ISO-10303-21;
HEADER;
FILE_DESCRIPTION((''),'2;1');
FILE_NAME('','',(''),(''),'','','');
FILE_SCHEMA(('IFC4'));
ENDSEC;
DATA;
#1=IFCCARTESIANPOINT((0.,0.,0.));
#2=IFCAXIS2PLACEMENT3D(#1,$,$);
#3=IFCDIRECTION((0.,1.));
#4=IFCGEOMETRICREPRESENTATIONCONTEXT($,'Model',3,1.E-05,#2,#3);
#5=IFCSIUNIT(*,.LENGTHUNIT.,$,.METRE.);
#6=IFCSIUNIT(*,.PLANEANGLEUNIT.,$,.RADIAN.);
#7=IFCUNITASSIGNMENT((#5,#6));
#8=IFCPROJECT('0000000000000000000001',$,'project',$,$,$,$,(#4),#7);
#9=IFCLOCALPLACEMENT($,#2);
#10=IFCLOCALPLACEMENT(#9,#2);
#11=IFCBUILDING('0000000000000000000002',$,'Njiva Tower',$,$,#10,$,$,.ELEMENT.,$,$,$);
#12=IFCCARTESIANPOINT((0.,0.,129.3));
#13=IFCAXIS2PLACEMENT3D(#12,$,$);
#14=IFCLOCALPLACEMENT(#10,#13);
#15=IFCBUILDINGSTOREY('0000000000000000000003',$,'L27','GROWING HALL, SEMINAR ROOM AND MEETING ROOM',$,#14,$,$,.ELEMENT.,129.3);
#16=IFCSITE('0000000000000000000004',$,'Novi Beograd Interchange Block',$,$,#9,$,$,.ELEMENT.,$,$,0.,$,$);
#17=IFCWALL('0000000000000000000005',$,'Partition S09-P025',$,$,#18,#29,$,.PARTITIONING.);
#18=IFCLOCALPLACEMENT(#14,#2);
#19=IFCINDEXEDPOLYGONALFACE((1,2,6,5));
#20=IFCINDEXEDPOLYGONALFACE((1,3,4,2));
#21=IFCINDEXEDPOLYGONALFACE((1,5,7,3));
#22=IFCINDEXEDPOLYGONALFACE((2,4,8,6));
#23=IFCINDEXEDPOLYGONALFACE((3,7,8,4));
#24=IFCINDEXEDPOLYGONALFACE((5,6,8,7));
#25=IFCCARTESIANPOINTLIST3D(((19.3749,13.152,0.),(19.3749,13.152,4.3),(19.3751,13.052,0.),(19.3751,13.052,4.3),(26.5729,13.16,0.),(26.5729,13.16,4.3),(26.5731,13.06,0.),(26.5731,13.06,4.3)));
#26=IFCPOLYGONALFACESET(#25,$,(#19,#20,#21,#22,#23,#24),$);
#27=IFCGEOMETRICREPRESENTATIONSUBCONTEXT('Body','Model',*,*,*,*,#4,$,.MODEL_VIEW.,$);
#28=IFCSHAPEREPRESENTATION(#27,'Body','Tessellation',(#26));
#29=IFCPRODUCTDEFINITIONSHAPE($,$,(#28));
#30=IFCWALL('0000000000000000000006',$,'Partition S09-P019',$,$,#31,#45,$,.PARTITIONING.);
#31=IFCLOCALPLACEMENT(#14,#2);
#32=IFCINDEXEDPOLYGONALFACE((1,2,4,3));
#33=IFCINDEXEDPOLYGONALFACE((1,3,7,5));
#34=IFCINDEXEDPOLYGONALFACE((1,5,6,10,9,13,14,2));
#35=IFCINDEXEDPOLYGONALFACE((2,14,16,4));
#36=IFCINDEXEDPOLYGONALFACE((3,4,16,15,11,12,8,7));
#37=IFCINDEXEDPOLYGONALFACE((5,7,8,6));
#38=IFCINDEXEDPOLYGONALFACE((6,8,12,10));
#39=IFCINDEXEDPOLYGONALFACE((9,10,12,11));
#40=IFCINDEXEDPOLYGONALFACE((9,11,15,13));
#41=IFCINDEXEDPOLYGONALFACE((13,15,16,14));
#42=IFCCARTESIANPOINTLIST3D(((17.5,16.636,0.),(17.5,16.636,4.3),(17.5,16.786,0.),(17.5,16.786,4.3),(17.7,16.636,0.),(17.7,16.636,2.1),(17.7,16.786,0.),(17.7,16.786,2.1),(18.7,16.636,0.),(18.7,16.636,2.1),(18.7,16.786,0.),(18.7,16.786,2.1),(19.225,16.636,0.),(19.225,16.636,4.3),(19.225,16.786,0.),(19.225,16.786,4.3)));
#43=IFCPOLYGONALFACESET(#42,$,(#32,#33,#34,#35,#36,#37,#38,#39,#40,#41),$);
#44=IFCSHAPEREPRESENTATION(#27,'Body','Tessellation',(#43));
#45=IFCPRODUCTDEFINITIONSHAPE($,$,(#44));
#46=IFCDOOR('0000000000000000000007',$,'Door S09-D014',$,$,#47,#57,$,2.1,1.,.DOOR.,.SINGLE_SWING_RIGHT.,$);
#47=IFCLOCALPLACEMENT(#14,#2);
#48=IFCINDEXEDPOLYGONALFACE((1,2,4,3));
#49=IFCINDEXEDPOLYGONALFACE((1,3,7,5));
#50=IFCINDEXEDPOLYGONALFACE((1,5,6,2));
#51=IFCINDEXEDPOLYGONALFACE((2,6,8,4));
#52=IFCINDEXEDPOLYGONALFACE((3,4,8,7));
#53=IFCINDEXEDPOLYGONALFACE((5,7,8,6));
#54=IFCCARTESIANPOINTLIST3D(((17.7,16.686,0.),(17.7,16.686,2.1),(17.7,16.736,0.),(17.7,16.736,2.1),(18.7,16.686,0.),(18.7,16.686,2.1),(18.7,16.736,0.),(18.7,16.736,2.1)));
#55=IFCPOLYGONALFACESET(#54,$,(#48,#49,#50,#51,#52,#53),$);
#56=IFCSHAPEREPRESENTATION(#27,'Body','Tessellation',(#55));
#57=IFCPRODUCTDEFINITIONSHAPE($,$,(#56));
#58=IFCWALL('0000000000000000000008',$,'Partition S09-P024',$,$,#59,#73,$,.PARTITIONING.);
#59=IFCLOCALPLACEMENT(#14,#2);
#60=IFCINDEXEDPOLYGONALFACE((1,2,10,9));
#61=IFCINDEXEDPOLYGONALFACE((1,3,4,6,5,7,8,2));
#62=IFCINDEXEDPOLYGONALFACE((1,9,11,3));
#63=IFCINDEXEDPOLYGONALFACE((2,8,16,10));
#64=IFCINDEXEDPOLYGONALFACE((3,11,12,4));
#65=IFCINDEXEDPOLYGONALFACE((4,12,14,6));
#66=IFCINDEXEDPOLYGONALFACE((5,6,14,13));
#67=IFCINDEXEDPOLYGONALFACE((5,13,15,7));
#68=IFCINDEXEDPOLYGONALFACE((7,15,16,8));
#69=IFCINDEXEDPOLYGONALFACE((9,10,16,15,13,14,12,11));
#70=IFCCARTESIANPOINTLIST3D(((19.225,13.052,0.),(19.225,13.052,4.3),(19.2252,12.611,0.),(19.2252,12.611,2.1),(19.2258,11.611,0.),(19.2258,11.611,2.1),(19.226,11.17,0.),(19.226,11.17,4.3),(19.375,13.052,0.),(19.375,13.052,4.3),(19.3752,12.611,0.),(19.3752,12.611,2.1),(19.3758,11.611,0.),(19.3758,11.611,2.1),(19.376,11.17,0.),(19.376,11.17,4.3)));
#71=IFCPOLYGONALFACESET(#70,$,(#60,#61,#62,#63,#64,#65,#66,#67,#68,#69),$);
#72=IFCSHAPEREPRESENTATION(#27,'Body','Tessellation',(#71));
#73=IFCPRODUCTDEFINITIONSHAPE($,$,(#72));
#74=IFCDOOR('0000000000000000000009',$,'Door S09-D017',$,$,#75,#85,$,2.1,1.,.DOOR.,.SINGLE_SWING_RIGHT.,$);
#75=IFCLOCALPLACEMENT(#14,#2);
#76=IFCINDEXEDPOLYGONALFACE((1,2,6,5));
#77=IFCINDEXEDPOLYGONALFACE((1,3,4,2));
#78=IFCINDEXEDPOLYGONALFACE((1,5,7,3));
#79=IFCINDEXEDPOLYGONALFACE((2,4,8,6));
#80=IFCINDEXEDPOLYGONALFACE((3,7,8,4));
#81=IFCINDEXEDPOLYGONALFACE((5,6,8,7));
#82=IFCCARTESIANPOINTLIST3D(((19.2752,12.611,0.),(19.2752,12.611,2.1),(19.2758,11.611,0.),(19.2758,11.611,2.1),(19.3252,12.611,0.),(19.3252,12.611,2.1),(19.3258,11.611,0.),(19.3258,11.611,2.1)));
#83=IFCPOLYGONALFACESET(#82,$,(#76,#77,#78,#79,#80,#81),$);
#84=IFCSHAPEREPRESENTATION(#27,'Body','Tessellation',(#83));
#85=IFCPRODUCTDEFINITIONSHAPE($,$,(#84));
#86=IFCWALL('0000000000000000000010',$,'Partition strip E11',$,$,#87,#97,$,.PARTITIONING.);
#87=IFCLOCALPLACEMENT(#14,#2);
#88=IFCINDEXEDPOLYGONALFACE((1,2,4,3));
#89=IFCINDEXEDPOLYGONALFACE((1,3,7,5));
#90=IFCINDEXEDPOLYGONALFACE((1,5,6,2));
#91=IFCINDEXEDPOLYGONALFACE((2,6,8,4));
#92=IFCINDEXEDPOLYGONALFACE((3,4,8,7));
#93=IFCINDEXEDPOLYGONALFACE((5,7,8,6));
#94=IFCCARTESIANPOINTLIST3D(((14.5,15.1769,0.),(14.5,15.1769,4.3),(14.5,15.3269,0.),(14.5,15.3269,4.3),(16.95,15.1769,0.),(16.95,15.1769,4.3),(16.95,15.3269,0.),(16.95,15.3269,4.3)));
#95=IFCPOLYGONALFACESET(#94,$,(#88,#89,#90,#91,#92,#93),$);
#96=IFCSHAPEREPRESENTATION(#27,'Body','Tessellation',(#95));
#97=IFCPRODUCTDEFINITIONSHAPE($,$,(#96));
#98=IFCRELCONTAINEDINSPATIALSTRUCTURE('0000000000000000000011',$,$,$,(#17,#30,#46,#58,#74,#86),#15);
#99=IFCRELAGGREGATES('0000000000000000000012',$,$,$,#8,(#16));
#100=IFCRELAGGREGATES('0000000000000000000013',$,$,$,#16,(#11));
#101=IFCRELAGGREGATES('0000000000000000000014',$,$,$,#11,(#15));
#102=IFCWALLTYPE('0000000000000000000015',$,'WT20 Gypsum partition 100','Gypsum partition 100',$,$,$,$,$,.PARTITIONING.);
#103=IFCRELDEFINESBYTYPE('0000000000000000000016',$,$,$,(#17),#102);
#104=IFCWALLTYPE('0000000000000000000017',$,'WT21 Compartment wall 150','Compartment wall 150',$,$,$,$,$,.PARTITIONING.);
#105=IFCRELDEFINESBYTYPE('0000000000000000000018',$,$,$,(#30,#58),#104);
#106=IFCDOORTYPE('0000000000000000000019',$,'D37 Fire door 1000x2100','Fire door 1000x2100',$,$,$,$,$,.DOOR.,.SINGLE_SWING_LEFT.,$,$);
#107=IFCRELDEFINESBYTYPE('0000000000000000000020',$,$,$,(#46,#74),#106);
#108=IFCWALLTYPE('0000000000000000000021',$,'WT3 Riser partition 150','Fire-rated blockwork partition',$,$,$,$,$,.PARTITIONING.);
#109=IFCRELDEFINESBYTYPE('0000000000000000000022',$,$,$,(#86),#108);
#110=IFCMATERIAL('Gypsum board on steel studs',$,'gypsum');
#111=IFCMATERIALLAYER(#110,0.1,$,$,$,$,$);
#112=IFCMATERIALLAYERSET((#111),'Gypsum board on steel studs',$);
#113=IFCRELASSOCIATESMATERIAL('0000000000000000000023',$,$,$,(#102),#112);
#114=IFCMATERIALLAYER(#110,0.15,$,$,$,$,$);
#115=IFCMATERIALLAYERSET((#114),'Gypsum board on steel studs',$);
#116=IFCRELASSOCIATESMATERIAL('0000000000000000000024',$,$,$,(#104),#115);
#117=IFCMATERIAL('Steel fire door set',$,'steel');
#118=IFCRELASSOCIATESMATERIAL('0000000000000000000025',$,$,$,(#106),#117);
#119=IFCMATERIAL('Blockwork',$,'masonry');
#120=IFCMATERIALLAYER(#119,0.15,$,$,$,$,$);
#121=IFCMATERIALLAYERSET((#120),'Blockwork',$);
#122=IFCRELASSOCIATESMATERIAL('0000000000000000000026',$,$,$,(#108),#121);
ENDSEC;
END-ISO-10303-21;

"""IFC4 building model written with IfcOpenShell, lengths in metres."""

from ifc_helpers import new_model, si_unit, direction, frame, frame_2d, origin, place, context, subcontext, project, spatial, rectangle, extrude, material, layer, layer_set, type_object, element, fill, save


model = new_model("IFC4")

# Units and contexts
model_context = context("Model", 3, precision=1e-05, world=origin(), true_north=direction((0.0, 1.0)))
body_context = subcontext(model_context, "Body", "Model", "MODEL_VIEW")
ifc_project = project(units=[si_unit("LENGTHUNIT", "METRE"), si_unit("PLANEANGLEUNIT", "RADIAN")], contexts=[model_context])

# Site, building, storey
site_placement = place(None, origin())
site = spatial("IfcSite", under=ifc_project, at=site_placement, Name="Novi Beograd Interchange Block", CompositionType="ELEMENT", RefElevation=0.0)
building_placement = place(site_placement, origin())
building = spatial("IfcBuilding", under=site, at=building_placement, Name="Njiva Tower", CompositionType="ELEMENT")
storey_placement = place(building_placement, frame((0.0, 0.0, 129.3)))
storey = spatial("IfcBuildingStorey", under=building, at=storey_placement, Name="L27", Description="GROWING HALL, SEMINAR ROOM AND MEETING ROOM", CompositionType="ELEMENT", Elevation=129.3)

# Wall
ifc_material_1 = material(Name="Gypsum board on steel studs", Category="gypsum")
ifc_layer_1 = layer(ifc_material_1, 0.1)
ifc_layer_set_1 = layer_set([ifc_layer_1], Name="Gypsum board on steel studs")
wall_type_1 = type_object("IfcWallType", Name="WT20 Gypsum partition 100", Description="Gypsum partition 100", PredefinedType="PARTITIONING", material=ifc_layer_set_1)
wall_1_placement = place(storey_placement, frame((19.375, 13.102, 0.0), z_axis=(0.0, 0.0, 1.0), x_axis=(0.999999, 0.001111, 0.0)))
element("IfcWall", 1, at=wall_1_placement, inside=storey, type_object=wall_type_1, Name="Partition S09-P025", PredefinedType="PARTITIONING", context=body_context, shape_type="SweptSolid", body=[
    extrude(rectangle(XDim=7.198, YDim=0.1, at=frame_2d((3.599, 0.0))), origin(), (0.0, 0.0, 1.0), 4.3),
])

# Walls, openings, doors
ifc_layer_2 = layer(ifc_material_1, 0.15)
ifc_layer_set_2 = layer_set([ifc_layer_2], Name="Gypsum board on steel studs")
wall_type_2 = type_object("IfcWallType", Name="WT21 Compartment wall 150", Description="Compartment wall 150", PredefinedType="PARTITIONING", material=ifc_layer_set_2)
wall_2_placement = place(storey_placement, frame((17.5, 16.711, 0.0), z_axis=(0.0, 0.0, 1.0), x_axis=(1.0, 0.0, 0.0)))
wall_2 = element("IfcWall", 2, at=wall_2_placement, inside=storey, type_object=wall_type_2, Name="Partition S09-P019", PredefinedType="PARTITIONING", context=body_context, shape_type="SweptSolid", body=[
    extrude(rectangle(XDim=1.725, YDim=0.15, at=frame_2d((0.8625, 0.0))), origin(), (0.0, 0.0, 1.0), 4.3),
])
opening_1_placement = place(wall_2_placement, frame((0.2, 0.0, 0.0)))
opening_1 = element("IfcOpeningElement", 3, at=opening_1_placement, cuts=wall_2, PredefinedType="OPENING", context=body_context, shape_type="SweptSolid", body=[
    extrude(rectangle(XDim=1.0, YDim=2.1, at=frame_2d((0.5, 1.05))), frame((0.0, 0.085, 0.0), z_axis=(0.0, -1.0, 0.0), x_axis=(1.0, 0.0, 0.0)), (0.0, 0.0, 1.0), 0.17),
])
ifc_material_2 = material(Name="Steel fire door set", Category="steel")
door_type = type_object("IfcDoorType", Name="D37 Fire door 1000x2100", Description="Fire door 1000x2100", OperationType="SINGLE_SWING_LEFT", PredefinedType="DOOR", material=ifc_material_2)
door_1_placement = place(opening_1_placement, origin())
door_1 = element("IfcDoor", 4, at=door_1_placement, inside=storey, type_object=door_type, Name="Door S09-D014", OperationType="SINGLE_SWING_RIGHT", OverallHeight=2.1, OverallWidth=1.0, PredefinedType="DOOR", context=body_context, shape_type="SweptSolid", body=[
    extrude(rectangle(XDim=1.0, YDim=2.1, at=frame_2d((0.5, 1.05))), frame((0.0, 0.025, 0.0), z_axis=(0.0, -1.0, 0.0), x_axis=(1.0, 0.0, 0.0)), (0.0, 0.0, 1.0), 0.05),
])
fill(opening_1, door_1)
wall_3_placement = place(storey_placement, frame((19.3, 13.052, 0.0), z_axis=(0.0, 0.0, 1.0), x_axis=(0.000531, -1.0, 0.0)))
wall_3 = element("IfcWall", 5, at=wall_3_placement, inside=storey, type_object=wall_type_2, Name="Partition S09-P024", PredefinedType="PARTITIONING", context=body_context, shape_type="SweptSolid", body=[
    extrude(rectangle(XDim=1.882, YDim=0.15, at=frame_2d((0.941, 0.0))), origin(), (0.0, 0.0, 1.0), 4.3),
])
opening_2_placement = place(wall_3_placement, frame((0.441, 0.0, 0.0)))
opening_2 = element("IfcOpeningElement", 6, at=opening_2_placement, cuts=wall_3, PredefinedType="OPENING", context=body_context, shape_type="SweptSolid", body=[
    extrude(rectangle(XDim=1.0, YDim=2.1, at=frame_2d((0.5, 1.05))), frame((0.0, 0.085, 0.0), z_axis=(0.0, -1.0, 0.0), x_axis=(1.0, 0.0, 0.0)), (0.0, 0.0, 1.0), 0.17),
])
door_2_placement = place(opening_2_placement, origin())
door_2 = element("IfcDoor", 7, at=door_2_placement, inside=storey, type_object=door_type, Name="Door S09-D017", OperationType="SINGLE_SWING_RIGHT", OverallHeight=2.1, OverallWidth=1.0, PredefinedType="DOOR", context=body_context, shape_type="SweptSolid", body=[
    extrude(rectangle(XDim=1.0, YDim=2.1, at=frame_2d((0.5, 1.05))), frame((0.0, 0.025, 0.0), z_axis=(0.0, -1.0, 0.0), x_axis=(1.0, 0.0, 0.0)), (0.0, 0.0, 1.0), 0.05),
])
fill(opening_2, door_2)

# Wall
ifc_material_3 = material(Name="Blockwork", Category="masonry")
ifc_layer_3 = layer(ifc_material_3, 0.15)
ifc_layer_set_3 = layer_set([ifc_layer_3], Name="Blockwork")
wall_type_3 = type_object("IfcWallType", Name="WT3 Riser partition 150", Description="Fire-rated blockwork partition", PredefinedType="PARTITIONING", material=ifc_layer_set_3)
wall_4_placement = place(storey_placement, frame((14.5, 15.2519, 0.0), z_axis=(0.0, 0.0, 1.0), x_axis=(1.0, 0.0, 0.0)))
element("IfcWall", 8, at=wall_4_placement, inside=storey, type_object=wall_type_3, Name="Partition strip E11", PredefinedType="PARTITIONING", context=body_context, shape_type="SweptSolid", body=[
    extrude(rectangle(XDim=2.45, YDim=0.15, at=frame_2d((1.225, 0.0))), origin(), (0.0, 0.0, 1.0), 4.3),
])

save(model, "model.ifc")
